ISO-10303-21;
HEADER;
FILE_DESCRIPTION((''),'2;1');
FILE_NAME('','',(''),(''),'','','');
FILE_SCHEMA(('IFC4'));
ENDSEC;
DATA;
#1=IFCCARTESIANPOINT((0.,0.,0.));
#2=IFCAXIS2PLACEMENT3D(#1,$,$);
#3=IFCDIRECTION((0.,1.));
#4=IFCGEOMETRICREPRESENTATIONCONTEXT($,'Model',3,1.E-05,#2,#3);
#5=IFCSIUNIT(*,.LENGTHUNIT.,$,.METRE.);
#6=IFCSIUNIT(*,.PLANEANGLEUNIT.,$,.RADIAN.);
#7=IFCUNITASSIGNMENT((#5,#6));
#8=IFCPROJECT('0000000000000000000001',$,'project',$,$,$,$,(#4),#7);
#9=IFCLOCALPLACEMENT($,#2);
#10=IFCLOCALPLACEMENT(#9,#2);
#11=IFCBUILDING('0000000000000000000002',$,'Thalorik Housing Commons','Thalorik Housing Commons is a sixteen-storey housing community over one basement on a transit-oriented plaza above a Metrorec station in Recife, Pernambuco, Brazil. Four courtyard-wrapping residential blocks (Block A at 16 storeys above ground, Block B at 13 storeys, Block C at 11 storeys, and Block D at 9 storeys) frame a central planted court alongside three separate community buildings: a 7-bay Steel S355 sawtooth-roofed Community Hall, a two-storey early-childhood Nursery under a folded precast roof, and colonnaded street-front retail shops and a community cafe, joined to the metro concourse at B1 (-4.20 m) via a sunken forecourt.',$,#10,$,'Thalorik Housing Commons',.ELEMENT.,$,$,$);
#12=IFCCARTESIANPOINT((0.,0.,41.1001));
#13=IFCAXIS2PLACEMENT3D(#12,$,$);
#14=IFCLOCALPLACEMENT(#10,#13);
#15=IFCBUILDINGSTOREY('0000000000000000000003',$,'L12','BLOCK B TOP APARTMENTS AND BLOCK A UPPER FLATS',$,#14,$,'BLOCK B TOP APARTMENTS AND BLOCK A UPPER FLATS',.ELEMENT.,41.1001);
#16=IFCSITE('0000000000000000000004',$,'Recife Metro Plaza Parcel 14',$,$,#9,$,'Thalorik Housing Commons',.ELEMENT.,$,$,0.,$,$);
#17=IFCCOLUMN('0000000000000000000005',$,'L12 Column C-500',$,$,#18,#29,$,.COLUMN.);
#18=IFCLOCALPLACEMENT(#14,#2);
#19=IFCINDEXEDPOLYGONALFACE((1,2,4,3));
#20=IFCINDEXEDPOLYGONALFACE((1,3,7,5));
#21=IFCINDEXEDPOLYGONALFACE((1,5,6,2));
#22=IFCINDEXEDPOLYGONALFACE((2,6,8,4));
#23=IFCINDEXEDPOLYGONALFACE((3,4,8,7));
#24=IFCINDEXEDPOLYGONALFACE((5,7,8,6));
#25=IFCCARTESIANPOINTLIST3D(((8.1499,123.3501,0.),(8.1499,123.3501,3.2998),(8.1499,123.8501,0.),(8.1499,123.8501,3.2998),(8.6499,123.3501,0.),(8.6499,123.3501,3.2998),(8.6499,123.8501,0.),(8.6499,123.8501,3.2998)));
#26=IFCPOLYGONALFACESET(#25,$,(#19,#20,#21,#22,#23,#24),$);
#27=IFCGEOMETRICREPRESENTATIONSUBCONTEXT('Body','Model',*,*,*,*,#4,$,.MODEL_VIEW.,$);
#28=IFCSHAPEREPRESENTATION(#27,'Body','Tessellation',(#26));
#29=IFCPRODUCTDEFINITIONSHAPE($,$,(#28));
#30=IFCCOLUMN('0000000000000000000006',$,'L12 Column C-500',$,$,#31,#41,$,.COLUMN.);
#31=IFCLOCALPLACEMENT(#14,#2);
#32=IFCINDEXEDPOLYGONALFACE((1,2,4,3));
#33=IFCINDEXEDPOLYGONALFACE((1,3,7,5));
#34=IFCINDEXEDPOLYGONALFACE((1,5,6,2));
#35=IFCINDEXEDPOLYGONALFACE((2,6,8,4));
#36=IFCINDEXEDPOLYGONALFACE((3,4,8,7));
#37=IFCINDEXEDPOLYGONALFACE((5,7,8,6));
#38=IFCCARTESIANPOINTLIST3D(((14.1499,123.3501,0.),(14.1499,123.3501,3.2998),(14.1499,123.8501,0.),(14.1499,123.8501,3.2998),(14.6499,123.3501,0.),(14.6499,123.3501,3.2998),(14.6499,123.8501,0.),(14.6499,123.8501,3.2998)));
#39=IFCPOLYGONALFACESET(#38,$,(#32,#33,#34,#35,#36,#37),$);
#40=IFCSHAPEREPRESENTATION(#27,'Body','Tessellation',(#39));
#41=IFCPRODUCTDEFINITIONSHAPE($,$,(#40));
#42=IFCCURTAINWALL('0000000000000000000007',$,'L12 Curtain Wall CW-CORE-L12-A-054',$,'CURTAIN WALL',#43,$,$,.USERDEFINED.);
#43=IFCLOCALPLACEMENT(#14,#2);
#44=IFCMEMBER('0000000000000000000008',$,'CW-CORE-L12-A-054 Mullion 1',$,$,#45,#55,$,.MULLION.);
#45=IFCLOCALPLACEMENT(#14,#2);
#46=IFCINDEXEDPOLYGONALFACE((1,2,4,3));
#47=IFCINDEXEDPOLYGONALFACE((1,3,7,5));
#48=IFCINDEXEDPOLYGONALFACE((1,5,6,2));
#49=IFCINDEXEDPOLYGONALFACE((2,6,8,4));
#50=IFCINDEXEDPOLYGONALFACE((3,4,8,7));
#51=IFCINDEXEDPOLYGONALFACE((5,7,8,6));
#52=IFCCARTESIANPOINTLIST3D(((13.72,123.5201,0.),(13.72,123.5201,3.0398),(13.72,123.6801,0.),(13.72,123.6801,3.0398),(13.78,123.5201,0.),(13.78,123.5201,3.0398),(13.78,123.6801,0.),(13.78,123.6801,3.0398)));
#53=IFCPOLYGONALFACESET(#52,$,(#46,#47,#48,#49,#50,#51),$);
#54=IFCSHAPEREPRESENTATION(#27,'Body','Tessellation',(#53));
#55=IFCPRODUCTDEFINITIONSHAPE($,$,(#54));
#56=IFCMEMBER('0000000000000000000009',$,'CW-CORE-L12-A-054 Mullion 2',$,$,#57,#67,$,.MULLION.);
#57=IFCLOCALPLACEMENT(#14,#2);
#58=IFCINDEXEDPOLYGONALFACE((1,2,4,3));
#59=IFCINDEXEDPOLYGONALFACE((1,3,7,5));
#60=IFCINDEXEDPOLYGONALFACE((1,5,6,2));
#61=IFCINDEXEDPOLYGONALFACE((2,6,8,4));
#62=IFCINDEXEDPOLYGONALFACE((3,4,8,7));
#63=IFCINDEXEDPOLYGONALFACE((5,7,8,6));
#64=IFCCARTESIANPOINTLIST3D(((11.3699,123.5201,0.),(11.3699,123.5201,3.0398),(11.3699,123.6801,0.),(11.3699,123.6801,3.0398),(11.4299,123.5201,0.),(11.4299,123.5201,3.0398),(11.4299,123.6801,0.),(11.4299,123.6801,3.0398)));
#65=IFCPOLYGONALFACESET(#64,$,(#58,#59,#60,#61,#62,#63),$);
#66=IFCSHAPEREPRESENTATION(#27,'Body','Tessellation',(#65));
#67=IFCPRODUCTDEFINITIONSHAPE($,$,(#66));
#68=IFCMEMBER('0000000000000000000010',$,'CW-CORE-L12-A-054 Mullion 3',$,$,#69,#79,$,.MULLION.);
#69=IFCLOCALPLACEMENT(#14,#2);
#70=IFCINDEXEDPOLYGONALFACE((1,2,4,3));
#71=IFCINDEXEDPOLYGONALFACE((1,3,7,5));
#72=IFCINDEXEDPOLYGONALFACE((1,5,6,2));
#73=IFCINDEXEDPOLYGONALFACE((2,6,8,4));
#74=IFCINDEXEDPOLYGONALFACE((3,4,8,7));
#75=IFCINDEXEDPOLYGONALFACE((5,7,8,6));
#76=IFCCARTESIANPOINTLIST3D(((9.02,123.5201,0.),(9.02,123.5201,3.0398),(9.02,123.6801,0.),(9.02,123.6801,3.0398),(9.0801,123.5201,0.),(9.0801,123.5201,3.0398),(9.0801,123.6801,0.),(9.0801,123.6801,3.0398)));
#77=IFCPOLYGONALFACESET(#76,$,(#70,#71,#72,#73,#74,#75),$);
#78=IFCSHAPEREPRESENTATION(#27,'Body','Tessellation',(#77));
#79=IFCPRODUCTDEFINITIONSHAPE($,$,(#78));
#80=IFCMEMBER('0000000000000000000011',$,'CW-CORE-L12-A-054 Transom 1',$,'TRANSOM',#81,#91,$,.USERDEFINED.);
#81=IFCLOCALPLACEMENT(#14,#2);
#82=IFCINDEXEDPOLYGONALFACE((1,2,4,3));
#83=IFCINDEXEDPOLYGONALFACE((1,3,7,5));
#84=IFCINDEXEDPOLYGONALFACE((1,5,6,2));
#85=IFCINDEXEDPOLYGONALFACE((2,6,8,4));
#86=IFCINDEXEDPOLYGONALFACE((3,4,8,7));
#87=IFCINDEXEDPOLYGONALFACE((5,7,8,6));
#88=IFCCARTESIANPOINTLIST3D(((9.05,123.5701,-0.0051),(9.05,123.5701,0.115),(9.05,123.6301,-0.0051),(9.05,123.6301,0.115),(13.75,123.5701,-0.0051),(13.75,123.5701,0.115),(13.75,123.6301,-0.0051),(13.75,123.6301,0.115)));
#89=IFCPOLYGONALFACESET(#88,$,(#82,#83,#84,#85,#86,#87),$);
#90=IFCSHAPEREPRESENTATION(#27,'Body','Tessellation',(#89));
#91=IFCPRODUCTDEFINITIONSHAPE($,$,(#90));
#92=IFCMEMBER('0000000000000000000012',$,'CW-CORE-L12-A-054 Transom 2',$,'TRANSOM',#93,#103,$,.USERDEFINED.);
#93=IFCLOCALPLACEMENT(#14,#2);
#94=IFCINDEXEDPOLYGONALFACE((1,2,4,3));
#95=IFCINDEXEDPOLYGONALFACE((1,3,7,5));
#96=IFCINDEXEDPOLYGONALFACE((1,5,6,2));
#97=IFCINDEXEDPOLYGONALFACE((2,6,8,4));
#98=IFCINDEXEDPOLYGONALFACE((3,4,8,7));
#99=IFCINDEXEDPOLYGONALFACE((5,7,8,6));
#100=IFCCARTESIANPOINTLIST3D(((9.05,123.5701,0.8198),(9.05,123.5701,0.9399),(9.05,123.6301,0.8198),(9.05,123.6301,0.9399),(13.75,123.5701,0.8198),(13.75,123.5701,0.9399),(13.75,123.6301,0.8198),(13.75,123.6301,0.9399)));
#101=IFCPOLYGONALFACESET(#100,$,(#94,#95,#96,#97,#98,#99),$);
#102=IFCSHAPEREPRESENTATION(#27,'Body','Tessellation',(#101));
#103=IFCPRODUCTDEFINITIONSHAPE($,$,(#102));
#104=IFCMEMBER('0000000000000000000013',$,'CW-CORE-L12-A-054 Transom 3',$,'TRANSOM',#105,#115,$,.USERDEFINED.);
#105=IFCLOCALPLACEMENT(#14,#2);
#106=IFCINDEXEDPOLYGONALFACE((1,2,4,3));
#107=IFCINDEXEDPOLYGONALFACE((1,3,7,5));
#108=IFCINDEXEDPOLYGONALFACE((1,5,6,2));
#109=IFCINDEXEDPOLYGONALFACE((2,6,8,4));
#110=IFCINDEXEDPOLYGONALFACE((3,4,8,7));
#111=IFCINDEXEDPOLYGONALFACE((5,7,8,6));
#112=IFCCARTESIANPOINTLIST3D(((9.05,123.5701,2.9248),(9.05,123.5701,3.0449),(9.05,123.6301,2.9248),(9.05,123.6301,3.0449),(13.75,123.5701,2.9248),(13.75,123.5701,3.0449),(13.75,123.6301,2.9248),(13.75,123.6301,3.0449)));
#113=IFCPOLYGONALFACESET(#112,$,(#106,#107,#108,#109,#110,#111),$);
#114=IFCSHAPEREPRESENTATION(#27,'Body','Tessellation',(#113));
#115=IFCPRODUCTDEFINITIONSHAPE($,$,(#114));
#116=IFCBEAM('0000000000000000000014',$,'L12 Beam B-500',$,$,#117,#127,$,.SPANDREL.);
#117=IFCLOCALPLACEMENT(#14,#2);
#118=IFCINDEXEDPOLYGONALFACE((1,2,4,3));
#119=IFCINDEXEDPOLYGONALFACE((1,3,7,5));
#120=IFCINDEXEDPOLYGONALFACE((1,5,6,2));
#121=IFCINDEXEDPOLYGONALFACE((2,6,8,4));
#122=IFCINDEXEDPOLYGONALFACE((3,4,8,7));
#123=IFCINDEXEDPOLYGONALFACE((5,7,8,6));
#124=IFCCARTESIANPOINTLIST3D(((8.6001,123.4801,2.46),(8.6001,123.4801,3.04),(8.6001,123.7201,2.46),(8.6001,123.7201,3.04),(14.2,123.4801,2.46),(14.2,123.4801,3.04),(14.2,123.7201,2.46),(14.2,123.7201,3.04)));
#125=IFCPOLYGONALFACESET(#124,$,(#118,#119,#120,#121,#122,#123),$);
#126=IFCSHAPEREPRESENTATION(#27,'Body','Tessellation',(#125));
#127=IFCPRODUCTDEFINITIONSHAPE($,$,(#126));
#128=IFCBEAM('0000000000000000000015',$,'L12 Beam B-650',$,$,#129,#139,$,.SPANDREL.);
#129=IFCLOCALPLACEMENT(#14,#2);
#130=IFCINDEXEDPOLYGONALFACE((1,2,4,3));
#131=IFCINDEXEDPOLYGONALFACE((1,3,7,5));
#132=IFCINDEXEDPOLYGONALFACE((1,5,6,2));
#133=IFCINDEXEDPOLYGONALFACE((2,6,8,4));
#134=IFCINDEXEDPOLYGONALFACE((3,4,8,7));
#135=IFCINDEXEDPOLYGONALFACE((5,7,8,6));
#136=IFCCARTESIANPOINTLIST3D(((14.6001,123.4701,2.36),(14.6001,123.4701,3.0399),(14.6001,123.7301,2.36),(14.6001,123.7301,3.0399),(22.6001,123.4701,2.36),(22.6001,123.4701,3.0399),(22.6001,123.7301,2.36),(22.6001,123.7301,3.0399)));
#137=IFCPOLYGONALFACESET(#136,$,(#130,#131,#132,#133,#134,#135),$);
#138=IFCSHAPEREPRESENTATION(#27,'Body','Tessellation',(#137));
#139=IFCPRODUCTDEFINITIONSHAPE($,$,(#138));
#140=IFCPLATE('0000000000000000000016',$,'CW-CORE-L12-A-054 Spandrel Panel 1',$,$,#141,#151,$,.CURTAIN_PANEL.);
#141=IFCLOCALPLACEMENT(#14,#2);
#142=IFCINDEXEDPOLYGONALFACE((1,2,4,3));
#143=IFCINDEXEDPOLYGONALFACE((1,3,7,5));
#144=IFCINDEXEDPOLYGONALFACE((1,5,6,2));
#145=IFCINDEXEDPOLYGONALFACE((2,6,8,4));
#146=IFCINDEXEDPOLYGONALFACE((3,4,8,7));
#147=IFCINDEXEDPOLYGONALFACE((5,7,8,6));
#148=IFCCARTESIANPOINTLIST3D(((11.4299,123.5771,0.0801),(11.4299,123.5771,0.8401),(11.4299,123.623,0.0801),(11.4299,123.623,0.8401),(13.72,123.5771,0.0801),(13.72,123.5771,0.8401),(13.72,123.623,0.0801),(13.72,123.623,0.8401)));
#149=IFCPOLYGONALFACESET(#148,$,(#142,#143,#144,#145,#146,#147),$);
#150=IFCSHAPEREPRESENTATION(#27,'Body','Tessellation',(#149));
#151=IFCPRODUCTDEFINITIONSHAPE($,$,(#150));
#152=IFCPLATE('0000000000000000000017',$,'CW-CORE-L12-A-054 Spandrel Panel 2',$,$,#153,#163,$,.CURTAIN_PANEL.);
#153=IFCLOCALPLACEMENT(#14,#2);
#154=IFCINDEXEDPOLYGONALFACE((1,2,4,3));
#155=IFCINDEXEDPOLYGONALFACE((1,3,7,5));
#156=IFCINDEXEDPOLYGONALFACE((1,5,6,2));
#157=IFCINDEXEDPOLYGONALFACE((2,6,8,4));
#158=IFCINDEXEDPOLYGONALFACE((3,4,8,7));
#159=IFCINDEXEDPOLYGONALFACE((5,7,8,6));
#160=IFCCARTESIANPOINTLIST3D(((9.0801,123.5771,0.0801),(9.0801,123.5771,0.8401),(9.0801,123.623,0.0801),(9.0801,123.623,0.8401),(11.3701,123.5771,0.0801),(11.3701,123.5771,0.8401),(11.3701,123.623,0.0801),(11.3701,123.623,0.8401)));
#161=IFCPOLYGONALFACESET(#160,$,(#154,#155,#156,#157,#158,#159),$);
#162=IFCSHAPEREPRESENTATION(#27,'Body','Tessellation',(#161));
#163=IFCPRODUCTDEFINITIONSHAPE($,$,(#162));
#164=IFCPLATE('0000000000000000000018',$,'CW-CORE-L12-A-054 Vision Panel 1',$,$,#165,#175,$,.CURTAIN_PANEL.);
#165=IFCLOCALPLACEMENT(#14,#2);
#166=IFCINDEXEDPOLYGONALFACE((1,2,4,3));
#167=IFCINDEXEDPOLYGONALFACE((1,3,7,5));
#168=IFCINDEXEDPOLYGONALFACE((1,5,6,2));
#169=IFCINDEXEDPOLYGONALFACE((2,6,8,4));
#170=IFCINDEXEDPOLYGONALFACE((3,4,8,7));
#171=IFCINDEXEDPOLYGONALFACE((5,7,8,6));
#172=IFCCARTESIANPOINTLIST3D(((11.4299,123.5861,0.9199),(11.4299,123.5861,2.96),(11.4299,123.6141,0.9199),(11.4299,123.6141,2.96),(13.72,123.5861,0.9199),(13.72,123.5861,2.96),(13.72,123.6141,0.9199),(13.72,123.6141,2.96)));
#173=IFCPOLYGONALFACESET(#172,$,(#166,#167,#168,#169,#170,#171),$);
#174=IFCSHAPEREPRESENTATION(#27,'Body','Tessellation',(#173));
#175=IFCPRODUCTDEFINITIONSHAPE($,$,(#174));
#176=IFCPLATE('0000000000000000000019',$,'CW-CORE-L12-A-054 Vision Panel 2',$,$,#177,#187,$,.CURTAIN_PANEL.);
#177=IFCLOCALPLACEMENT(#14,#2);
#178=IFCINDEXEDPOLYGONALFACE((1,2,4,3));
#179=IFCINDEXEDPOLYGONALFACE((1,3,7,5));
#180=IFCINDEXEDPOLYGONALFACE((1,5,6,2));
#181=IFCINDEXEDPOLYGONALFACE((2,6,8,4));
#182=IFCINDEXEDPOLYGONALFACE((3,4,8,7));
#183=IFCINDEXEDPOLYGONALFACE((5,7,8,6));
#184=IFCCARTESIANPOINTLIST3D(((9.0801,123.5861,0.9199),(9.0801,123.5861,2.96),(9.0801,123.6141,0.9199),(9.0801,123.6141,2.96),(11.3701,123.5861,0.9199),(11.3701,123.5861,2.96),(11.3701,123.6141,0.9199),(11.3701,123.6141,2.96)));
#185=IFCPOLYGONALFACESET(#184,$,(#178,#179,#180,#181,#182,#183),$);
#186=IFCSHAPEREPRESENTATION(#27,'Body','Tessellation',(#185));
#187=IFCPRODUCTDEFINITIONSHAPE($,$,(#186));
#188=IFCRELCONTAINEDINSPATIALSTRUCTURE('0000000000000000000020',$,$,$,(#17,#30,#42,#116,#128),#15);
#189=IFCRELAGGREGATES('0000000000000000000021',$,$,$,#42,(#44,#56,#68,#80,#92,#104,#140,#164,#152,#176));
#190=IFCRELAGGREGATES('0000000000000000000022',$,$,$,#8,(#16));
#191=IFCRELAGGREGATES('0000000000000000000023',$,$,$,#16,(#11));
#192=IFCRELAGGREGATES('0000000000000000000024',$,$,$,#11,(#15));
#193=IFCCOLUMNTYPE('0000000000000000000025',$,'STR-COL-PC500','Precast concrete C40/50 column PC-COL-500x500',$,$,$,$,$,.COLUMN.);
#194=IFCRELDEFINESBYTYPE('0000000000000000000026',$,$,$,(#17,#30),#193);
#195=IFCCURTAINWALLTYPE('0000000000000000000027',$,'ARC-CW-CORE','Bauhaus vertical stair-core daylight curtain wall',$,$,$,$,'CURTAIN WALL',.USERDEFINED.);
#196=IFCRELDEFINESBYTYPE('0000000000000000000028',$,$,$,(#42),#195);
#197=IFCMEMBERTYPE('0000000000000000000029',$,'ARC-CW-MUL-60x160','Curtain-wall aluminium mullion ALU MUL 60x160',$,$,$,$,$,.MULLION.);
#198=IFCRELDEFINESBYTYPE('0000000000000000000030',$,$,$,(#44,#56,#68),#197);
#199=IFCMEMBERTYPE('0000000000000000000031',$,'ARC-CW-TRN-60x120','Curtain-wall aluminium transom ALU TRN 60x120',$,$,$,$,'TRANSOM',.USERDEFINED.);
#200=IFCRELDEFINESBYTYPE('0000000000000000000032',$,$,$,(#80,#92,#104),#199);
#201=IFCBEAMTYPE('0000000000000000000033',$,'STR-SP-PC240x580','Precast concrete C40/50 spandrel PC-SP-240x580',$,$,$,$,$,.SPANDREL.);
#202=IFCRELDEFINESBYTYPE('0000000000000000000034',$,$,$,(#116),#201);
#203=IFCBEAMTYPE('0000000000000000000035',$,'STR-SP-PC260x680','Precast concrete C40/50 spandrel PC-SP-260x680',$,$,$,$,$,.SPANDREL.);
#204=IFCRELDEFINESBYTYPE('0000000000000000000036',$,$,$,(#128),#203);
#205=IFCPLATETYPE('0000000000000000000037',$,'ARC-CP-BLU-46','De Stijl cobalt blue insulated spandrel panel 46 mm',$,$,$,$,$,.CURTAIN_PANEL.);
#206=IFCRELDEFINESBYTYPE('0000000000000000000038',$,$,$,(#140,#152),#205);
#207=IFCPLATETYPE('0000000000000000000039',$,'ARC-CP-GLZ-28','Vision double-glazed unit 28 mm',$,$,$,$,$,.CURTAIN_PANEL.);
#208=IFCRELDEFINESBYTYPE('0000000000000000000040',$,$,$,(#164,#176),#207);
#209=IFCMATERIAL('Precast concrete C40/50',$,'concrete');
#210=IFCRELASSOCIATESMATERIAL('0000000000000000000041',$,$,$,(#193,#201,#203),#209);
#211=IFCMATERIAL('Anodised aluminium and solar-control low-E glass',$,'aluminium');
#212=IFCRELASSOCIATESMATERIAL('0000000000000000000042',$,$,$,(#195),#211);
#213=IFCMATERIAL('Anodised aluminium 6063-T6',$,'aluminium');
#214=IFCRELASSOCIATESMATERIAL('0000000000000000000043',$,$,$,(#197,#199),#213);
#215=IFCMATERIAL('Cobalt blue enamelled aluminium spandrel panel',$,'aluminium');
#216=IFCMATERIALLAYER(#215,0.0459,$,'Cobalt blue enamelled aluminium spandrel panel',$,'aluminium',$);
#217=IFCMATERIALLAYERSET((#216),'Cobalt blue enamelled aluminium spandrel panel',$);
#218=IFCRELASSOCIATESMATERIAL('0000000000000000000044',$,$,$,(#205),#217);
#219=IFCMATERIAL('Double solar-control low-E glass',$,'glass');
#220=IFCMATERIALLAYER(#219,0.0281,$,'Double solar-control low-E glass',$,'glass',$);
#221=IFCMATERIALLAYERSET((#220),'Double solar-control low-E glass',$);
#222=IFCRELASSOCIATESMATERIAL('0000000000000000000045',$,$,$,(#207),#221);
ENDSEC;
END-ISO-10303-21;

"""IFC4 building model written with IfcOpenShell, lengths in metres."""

from ifc_helpers import new_model, si_unit, direction, frame, origin, origin_2d, place, context, subcontext, project, spatial, rectangle, extrude, material, layer, layer_set, material_profile, profile_set, type_object, element, aggregate, save


model = new_model("IFC4")

# Units and contexts
model_context = context("Model", 3, precision=1e-05, world=origin(), true_north=direction((0.0, 1.0)))
body_context = subcontext(model_context, "Body", "Model", "MODEL_VIEW")
ifc_project = project(units=[si_unit("LENGTHUNIT", "METRE"), si_unit("PLANEANGLEUNIT", "RADIAN")], contexts=[model_context])

# Site, building, storey
site_placement = place(None, origin())
site = spatial("IfcSite", under=ifc_project, at=site_placement, Name="Recife Metro Plaza Parcel 14", LongName="Thalorik Housing Commons", CompositionType="ELEMENT", RefElevation=0.0)
building_placement = place(site_placement, origin())
building = spatial("IfcBuilding", under=site, at=building_placement, Name="Thalorik Housing Commons", Description="Thalorik Housing Commons is a sixteen-storey housing community over one basement on a transit-oriented plaza above a Metrorec station in Recife, Pernambuco, Brazil. Four courtyard-wrapping residential blocks (Block A at 16 storeys above ground, Block B at 13 storeys, Block C at 11 storeys, and Block D at 9 storeys) frame a central planted court alongside three separate community buildings: a 7-bay Steel S355 sawtooth-roofed Community Hall, a two-storey early-childhood Nursery under a folded precast roof, and colonnaded street-front retail shops and a community cafe, joined to the metro concourse at B1 (-4.20 m) via a sunken forecourt.", LongName="Thalorik Housing Commons", CompositionType="ELEMENT")
storey_placement = place(building_placement, frame((0.0, 0.0, 41.1001)))
storey = spatial("IfcBuildingStorey", under=building, at=storey_placement, Name="L12", Description="BLOCK B TOP APARTMENTS AND BLOCK A UPPER FLATS", LongName="BLOCK B TOP APARTMENTS AND BLOCK A UPPER FLATS", CompositionType="ELEMENT", Elevation=41.1001)

# Columns
ifc_material_1 = material(Name="Precast concrete C40/50", Category="concrete")
ifc_material_profile_1 = material_profile(ifc_material_1, rectangle(XDim=0.5, YDim=0.5, at=origin_2d()), Name="PC 500x500", Category="concrete")
ifc_profile_set_1 = profile_set([ifc_material_profile_1], Name="Precast concrete C40/50")
column_type = type_object("IfcColumnType", Name="STR-COL-PC500", Description="Precast concrete C40/50 column PC-COL-500x500", PredefinedType="COLUMN", material=ifc_profile_set_1)
for number, where, z_axis, x_axis, name in (
    (1, (8.3999, 123.6001, 0.0), (0.0, 0.0, 1.0), (1.0, 0.0, 0.0), "L12 Column C-500"),
    (2, (14.3999, 123.6001, 0.0), (0.0, 0.0, 1.0), (1.0, 0.0, 0.0), "L12 Column C-500"),
):
    element("IfcColumn", number, at=place(storey_placement, frame(where, z_axis=z_axis, x_axis=x_axis)), inside=storey, type_object=column_type, Name=name, PredefinedType="COLUMN", context=body_context, shape_type="SweptSolid", body=[
        extrude(rectangle(XDim=0.5, YDim=0.5, at=origin_2d()), origin(), (0.0, 0.0, 1.0), 3.2998),
    ])

# Curtain wall, members
ifc_material_2 = material(Name="Anodised aluminium and solar-control low-E glass", Category="aluminium")
curtain_wall_type = type_object("IfcCurtainWallType", Name="ARC-CW-CORE", Description="Bauhaus vertical stair-core daylight curtain wall", ElementType="CURTAIN WALL", PredefinedType="USERDEFINED", material=ifc_material_2)
curtain_wall_placement = place(storey_placement, origin())
curtain_wall = element("IfcCurtainWall", 3, at=curtain_wall_placement, inside=storey, type_object=curtain_wall_type, Name="L12 Curtain Wall CW-CORE-L12-A-054", ObjectType="CURTAIN WALL", PredefinedType="USERDEFINED")
ifc_material_3 = material(Name="Anodised aluminium 6063-T6", Category="aluminium")
ifc_material_profile_2 = material_profile(ifc_material_3, rectangle(XDim=0.0601, YDim=0.1599, at=origin_2d()), Name="ALU MUL 60x160", Category="aluminium")
ifc_profile_set_2 = profile_set([ifc_material_profile_2], Name="Anodised aluminium 6063-T6")
member_type_1 = type_object("IfcMemberType", Name="ARC-CW-MUL-60x160", Description="Curtain-wall aluminium mullion ALU MUL 60x160", PredefinedType="MULLION", material=ifc_profile_set_2)
member_1_placement = place(storey_placement, frame((13.75, 123.6001, 0.0), z_axis=(0.0, 0.0, 1.0), x_axis=(-1.0, 0.0, 0.0)))
member_1 = element("IfcMember", 4, at=member_1_placement, type_object=member_type_1, Name="CW-CORE-L12-A-054 Mullion 1", PredefinedType="MULLION", context=body_context, shape_type="SweptSolid", body=[
    extrude(rectangle(XDim=0.0601, YDim=0.1599, at=origin_2d()), origin(), (0.0, 0.0, 1.0), 3.0398),
])
member_2_placement = place(storey_placement, frame((11.3999, 123.6001, 0.0), z_axis=(0.0, 0.0, 1.0), x_axis=(-1.0, 0.0, 0.0)))
member_2 = element("IfcMember", 5, at=member_2_placement, type_object=member_type_1, Name="CW-CORE-L12-A-054 Mullion 2", PredefinedType="MULLION", context=body_context, shape_type="SweptSolid", body=[
    extrude(rectangle(XDim=0.0601, YDim=0.1599, at=origin_2d()), origin(), (0.0, 0.0, 1.0), 3.0398),
])
member_3_placement = place(storey_placement, frame((9.05, 123.6001, 0.0), z_axis=(0.0, 0.0, 1.0), x_axis=(-1.0, 0.0, 0.0)))
member_3 = element("IfcMember", 6, at=member_3_placement, type_object=member_type_1, Name="CW-CORE-L12-A-054 Mullion 3", PredefinedType="MULLION", context=body_context, shape_type="SweptSolid", body=[
    extrude(rectangle(XDim=0.0601, YDim=0.1599, at=origin_2d()), origin(), (0.0, 0.0, 1.0), 3.0398),
])
ifc_material_profile_3 = material_profile(ifc_material_3, rectangle(XDim=0.0601, YDim=0.1201, at=origin_2d()), Name="ALU TRN 60x120", Category="aluminium")
ifc_profile_set_3 = profile_set([ifc_material_profile_3], Name="Anodised aluminium 6063-T6")
member_type_2 = type_object("IfcMemberType", Name="ARC-CW-TRN-60x120", Description="Curtain-wall aluminium transom ALU TRN 60x120", ElementType="TRANSOM", PredefinedType="USERDEFINED", material=ifc_profile_set_3)
member_4_placement = place(storey_placement, frame((13.75, 123.6001, 0.0549), z_axis=(-1.0, 0.0, 0.0), x_axis=(0.0, -1.0, 0.0)))
member_4 = element("IfcMember", 7, at=member_4_placement, type_object=member_type_2, Name="CW-CORE-L12-A-054 Transom 1", ObjectType="TRANSOM", PredefinedType="USERDEFINED", context=body_context, shape_type="SweptSolid", body=[
    extrude(rectangle(XDim=0.0601, YDim=0.1201, at=origin_2d()), origin(), (0.0, 0.0, 1.0), 4.7),
])
member_5_placement = place(storey_placement, frame((13.75, 123.6001, 0.8799), z_axis=(-1.0, 0.0, 0.0), x_axis=(0.0, -1.0, 0.0)))
member_5 = element("IfcMember", 8, at=member_5_placement, type_object=member_type_2, Name="CW-CORE-L12-A-054 Transom 2", ObjectType="TRANSOM", PredefinedType="USERDEFINED", context=body_context, shape_type="SweptSolid", body=[
    extrude(rectangle(XDim=0.0601, YDim=0.1201, at=origin_2d()), origin(), (0.0, 0.0, 1.0), 4.7),
])
member_6_placement = place(storey_placement, frame((13.75, 123.6001, 2.9849), z_axis=(-1.0, 0.0, 0.0), x_axis=(0.0, -1.0, 0.0)))
member_6 = element("IfcMember", 9, at=member_6_placement, type_object=member_type_2, Name="CW-CORE-L12-A-054 Transom 3", ObjectType="TRANSOM", PredefinedType="USERDEFINED", context=body_context, shape_type="SweptSolid", body=[
    extrude(rectangle(XDim=0.0601, YDim=0.1201, at=origin_2d()), origin(), (0.0, 0.0, 1.0), 4.7),
])

# Beams
ifc_material_profile_4 = material_profile(ifc_material_1, rectangle(XDim=0.24, YDim=0.5801, at=origin_2d()), Name="PC SP 240x580", Category="concrete")
ifc_profile_set_4 = profile_set([ifc_material_profile_4], Name="Precast concrete C40/50")
beam_type_1 = type_object("IfcBeamType", Name="STR-SP-PC240x580", Description="Precast concrete C40/50 spandrel PC-SP-240x580", PredefinedType="SPANDREL", material=ifc_profile_set_4)
beam_1_placement = place(storey_placement, frame((8.6001, 123.6001, 2.75), z_axis=(1.0, 0.0, 0.0), x_axis=(0.0, 1.0, 0.0)))
element("IfcBeam", 10, at=beam_1_placement, inside=storey, type_object=beam_type_1, Name="L12 Beam B-500", PredefinedType="SPANDREL", context=body_context, shape_type="SweptSolid", body=[
    extrude(rectangle(XDim=0.24, YDim=0.5801, at=origin_2d()), origin(), (0.0, 0.0, 1.0), 5.5999),
])
ifc_material_profile_5 = material_profile(ifc_material_1, rectangle(XDim=0.26, YDim=0.6799, at=origin_2d()), Name="PC SP 260x680", Category="concrete")
ifc_profile_set_5 = profile_set([ifc_material_profile_5], Name="Precast concrete C40/50")
beam_type_2 = type_object("IfcBeamType", Name="STR-SP-PC260x680", Description="Precast concrete C40/50 spandrel PC-SP-260x680", PredefinedType="SPANDREL", material=ifc_profile_set_5)
beam_2_placement = place(storey_placement, frame((14.6001, 123.6001, 2.7), z_axis=(1.0, 0.0, 0.0), x_axis=(0.0, 1.0, 0.0)))
element("IfcBeam", 11, at=beam_2_placement, inside=storey, type_object=beam_type_2, Name="L12 Beam B-650", PredefinedType="SPANDREL", context=body_context, shape_type="SweptSolid", body=[
    extrude(rectangle(XDim=0.26, YDim=0.6799, at=origin_2d()), origin(), (0.0, 0.0, 1.0), 8.0),
])

# Plates
ifc_material_4 = material(Name="Cobalt blue enamelled aluminium spandrel panel", Category="aluminium")
ifc_layer_1 = layer(ifc_material_4, 0.0459, Name="Cobalt blue enamelled aluminium spandrel panel", Category="aluminium")
ifc_layer_set_1 = layer_set([ifc_layer_1], Name="Cobalt blue enamelled aluminium spandrel panel")
plate_type_1 = type_object("IfcPlateType", Name="ARC-CP-BLU-46", Description="De Stijl cobalt blue insulated spandrel panel 46 mm", PredefinedType="CURTAIN_PANEL", material=ifc_layer_set_1)
plate_1_placement = place(storey_placement, frame((12.575, 123.6001, 0.0801), z_axis=(0.0, 0.0, 1.0), x_axis=(-1.0, 0.0, 0.0)))
plate_1 = element("IfcPlate", 12, at=plate_1_placement, type_object=plate_type_1, Name="CW-CORE-L12-A-054 Spandrel Panel 1", PredefinedType="CURTAIN_PANEL", context=body_context, shape_type="SweptSolid", body=[
    extrude(rectangle(XDim=2.29, YDim=0.0459, at=origin_2d()), origin(), (0.0, 0.0, 1.0), 0.76),
])
plate_2_placement = place(storey_placement, frame((10.2251, 123.6001, 0.0801), z_axis=(0.0, 0.0, 1.0), x_axis=(-1.0, 0.0, 0.0)))
plate_2 = element("IfcPlate", 13, at=plate_2_placement, type_object=plate_type_1, Name="CW-CORE-L12-A-054 Spandrel Panel 2", PredefinedType="CURTAIN_PANEL", context=body_context, shape_type="SweptSolid", body=[
    extrude(rectangle(XDim=2.29, YDim=0.0459, at=origin_2d()), origin(), (0.0, 0.0, 1.0), 0.76),
])
ifc_material_5 = material(Name="Double solar-control low-E glass", Category="glass")
ifc_layer_2 = layer(ifc_material_5, 0.0281, Name="Double solar-control low-E glass", Category="glass")
ifc_layer_set_2 = layer_set([ifc_layer_2], Name="Double solar-control low-E glass")
plate_type_2 = type_object("IfcPlateType", Name="ARC-CP-GLZ-28", Description="Vision double-glazed unit 28 mm", PredefinedType="CURTAIN_PANEL", material=ifc_layer_set_2)
plate_3_placement = place(storey_placement, frame((12.575, 123.6001, 0.9199), z_axis=(0.0, 0.0, 1.0), x_axis=(-1.0, 0.0, 0.0)))
plate_3 = element("IfcPlate", 14, at=plate_3_placement, type_object=plate_type_2, Name="CW-CORE-L12-A-054 Vision Panel 1", PredefinedType="CURTAIN_PANEL", context=body_context, shape_type="SweptSolid", body=[
    extrude(rectangle(XDim=2.29, YDim=0.0281, at=origin_2d()), origin(), (0.0, 0.0, 1.0), 2.04),
])
plate_4_placement = place(storey_placement, frame((10.2251, 123.6001, 0.9199), z_axis=(0.0, 0.0, 1.0), x_axis=(-1.0, 0.0, 0.0)))
plate_4 = element("IfcPlate", 15, at=plate_4_placement, type_object=plate_type_2, Name="CW-CORE-L12-A-054 Vision Panel 2", PredefinedType="CURTAIN_PANEL", context=body_context, shape_type="SweptSolid", body=[
    extrude(rectangle(XDim=2.29, YDim=0.0281, at=origin_2d()), origin(), (0.0, 0.0, 1.0), 2.04),
])
aggregate(curtain_wall, [member_1, member_2, member_3, member_4, member_5, member_6, plate_1, plate_3, plate_2, plate_4])

save(model, "model.ifc")
